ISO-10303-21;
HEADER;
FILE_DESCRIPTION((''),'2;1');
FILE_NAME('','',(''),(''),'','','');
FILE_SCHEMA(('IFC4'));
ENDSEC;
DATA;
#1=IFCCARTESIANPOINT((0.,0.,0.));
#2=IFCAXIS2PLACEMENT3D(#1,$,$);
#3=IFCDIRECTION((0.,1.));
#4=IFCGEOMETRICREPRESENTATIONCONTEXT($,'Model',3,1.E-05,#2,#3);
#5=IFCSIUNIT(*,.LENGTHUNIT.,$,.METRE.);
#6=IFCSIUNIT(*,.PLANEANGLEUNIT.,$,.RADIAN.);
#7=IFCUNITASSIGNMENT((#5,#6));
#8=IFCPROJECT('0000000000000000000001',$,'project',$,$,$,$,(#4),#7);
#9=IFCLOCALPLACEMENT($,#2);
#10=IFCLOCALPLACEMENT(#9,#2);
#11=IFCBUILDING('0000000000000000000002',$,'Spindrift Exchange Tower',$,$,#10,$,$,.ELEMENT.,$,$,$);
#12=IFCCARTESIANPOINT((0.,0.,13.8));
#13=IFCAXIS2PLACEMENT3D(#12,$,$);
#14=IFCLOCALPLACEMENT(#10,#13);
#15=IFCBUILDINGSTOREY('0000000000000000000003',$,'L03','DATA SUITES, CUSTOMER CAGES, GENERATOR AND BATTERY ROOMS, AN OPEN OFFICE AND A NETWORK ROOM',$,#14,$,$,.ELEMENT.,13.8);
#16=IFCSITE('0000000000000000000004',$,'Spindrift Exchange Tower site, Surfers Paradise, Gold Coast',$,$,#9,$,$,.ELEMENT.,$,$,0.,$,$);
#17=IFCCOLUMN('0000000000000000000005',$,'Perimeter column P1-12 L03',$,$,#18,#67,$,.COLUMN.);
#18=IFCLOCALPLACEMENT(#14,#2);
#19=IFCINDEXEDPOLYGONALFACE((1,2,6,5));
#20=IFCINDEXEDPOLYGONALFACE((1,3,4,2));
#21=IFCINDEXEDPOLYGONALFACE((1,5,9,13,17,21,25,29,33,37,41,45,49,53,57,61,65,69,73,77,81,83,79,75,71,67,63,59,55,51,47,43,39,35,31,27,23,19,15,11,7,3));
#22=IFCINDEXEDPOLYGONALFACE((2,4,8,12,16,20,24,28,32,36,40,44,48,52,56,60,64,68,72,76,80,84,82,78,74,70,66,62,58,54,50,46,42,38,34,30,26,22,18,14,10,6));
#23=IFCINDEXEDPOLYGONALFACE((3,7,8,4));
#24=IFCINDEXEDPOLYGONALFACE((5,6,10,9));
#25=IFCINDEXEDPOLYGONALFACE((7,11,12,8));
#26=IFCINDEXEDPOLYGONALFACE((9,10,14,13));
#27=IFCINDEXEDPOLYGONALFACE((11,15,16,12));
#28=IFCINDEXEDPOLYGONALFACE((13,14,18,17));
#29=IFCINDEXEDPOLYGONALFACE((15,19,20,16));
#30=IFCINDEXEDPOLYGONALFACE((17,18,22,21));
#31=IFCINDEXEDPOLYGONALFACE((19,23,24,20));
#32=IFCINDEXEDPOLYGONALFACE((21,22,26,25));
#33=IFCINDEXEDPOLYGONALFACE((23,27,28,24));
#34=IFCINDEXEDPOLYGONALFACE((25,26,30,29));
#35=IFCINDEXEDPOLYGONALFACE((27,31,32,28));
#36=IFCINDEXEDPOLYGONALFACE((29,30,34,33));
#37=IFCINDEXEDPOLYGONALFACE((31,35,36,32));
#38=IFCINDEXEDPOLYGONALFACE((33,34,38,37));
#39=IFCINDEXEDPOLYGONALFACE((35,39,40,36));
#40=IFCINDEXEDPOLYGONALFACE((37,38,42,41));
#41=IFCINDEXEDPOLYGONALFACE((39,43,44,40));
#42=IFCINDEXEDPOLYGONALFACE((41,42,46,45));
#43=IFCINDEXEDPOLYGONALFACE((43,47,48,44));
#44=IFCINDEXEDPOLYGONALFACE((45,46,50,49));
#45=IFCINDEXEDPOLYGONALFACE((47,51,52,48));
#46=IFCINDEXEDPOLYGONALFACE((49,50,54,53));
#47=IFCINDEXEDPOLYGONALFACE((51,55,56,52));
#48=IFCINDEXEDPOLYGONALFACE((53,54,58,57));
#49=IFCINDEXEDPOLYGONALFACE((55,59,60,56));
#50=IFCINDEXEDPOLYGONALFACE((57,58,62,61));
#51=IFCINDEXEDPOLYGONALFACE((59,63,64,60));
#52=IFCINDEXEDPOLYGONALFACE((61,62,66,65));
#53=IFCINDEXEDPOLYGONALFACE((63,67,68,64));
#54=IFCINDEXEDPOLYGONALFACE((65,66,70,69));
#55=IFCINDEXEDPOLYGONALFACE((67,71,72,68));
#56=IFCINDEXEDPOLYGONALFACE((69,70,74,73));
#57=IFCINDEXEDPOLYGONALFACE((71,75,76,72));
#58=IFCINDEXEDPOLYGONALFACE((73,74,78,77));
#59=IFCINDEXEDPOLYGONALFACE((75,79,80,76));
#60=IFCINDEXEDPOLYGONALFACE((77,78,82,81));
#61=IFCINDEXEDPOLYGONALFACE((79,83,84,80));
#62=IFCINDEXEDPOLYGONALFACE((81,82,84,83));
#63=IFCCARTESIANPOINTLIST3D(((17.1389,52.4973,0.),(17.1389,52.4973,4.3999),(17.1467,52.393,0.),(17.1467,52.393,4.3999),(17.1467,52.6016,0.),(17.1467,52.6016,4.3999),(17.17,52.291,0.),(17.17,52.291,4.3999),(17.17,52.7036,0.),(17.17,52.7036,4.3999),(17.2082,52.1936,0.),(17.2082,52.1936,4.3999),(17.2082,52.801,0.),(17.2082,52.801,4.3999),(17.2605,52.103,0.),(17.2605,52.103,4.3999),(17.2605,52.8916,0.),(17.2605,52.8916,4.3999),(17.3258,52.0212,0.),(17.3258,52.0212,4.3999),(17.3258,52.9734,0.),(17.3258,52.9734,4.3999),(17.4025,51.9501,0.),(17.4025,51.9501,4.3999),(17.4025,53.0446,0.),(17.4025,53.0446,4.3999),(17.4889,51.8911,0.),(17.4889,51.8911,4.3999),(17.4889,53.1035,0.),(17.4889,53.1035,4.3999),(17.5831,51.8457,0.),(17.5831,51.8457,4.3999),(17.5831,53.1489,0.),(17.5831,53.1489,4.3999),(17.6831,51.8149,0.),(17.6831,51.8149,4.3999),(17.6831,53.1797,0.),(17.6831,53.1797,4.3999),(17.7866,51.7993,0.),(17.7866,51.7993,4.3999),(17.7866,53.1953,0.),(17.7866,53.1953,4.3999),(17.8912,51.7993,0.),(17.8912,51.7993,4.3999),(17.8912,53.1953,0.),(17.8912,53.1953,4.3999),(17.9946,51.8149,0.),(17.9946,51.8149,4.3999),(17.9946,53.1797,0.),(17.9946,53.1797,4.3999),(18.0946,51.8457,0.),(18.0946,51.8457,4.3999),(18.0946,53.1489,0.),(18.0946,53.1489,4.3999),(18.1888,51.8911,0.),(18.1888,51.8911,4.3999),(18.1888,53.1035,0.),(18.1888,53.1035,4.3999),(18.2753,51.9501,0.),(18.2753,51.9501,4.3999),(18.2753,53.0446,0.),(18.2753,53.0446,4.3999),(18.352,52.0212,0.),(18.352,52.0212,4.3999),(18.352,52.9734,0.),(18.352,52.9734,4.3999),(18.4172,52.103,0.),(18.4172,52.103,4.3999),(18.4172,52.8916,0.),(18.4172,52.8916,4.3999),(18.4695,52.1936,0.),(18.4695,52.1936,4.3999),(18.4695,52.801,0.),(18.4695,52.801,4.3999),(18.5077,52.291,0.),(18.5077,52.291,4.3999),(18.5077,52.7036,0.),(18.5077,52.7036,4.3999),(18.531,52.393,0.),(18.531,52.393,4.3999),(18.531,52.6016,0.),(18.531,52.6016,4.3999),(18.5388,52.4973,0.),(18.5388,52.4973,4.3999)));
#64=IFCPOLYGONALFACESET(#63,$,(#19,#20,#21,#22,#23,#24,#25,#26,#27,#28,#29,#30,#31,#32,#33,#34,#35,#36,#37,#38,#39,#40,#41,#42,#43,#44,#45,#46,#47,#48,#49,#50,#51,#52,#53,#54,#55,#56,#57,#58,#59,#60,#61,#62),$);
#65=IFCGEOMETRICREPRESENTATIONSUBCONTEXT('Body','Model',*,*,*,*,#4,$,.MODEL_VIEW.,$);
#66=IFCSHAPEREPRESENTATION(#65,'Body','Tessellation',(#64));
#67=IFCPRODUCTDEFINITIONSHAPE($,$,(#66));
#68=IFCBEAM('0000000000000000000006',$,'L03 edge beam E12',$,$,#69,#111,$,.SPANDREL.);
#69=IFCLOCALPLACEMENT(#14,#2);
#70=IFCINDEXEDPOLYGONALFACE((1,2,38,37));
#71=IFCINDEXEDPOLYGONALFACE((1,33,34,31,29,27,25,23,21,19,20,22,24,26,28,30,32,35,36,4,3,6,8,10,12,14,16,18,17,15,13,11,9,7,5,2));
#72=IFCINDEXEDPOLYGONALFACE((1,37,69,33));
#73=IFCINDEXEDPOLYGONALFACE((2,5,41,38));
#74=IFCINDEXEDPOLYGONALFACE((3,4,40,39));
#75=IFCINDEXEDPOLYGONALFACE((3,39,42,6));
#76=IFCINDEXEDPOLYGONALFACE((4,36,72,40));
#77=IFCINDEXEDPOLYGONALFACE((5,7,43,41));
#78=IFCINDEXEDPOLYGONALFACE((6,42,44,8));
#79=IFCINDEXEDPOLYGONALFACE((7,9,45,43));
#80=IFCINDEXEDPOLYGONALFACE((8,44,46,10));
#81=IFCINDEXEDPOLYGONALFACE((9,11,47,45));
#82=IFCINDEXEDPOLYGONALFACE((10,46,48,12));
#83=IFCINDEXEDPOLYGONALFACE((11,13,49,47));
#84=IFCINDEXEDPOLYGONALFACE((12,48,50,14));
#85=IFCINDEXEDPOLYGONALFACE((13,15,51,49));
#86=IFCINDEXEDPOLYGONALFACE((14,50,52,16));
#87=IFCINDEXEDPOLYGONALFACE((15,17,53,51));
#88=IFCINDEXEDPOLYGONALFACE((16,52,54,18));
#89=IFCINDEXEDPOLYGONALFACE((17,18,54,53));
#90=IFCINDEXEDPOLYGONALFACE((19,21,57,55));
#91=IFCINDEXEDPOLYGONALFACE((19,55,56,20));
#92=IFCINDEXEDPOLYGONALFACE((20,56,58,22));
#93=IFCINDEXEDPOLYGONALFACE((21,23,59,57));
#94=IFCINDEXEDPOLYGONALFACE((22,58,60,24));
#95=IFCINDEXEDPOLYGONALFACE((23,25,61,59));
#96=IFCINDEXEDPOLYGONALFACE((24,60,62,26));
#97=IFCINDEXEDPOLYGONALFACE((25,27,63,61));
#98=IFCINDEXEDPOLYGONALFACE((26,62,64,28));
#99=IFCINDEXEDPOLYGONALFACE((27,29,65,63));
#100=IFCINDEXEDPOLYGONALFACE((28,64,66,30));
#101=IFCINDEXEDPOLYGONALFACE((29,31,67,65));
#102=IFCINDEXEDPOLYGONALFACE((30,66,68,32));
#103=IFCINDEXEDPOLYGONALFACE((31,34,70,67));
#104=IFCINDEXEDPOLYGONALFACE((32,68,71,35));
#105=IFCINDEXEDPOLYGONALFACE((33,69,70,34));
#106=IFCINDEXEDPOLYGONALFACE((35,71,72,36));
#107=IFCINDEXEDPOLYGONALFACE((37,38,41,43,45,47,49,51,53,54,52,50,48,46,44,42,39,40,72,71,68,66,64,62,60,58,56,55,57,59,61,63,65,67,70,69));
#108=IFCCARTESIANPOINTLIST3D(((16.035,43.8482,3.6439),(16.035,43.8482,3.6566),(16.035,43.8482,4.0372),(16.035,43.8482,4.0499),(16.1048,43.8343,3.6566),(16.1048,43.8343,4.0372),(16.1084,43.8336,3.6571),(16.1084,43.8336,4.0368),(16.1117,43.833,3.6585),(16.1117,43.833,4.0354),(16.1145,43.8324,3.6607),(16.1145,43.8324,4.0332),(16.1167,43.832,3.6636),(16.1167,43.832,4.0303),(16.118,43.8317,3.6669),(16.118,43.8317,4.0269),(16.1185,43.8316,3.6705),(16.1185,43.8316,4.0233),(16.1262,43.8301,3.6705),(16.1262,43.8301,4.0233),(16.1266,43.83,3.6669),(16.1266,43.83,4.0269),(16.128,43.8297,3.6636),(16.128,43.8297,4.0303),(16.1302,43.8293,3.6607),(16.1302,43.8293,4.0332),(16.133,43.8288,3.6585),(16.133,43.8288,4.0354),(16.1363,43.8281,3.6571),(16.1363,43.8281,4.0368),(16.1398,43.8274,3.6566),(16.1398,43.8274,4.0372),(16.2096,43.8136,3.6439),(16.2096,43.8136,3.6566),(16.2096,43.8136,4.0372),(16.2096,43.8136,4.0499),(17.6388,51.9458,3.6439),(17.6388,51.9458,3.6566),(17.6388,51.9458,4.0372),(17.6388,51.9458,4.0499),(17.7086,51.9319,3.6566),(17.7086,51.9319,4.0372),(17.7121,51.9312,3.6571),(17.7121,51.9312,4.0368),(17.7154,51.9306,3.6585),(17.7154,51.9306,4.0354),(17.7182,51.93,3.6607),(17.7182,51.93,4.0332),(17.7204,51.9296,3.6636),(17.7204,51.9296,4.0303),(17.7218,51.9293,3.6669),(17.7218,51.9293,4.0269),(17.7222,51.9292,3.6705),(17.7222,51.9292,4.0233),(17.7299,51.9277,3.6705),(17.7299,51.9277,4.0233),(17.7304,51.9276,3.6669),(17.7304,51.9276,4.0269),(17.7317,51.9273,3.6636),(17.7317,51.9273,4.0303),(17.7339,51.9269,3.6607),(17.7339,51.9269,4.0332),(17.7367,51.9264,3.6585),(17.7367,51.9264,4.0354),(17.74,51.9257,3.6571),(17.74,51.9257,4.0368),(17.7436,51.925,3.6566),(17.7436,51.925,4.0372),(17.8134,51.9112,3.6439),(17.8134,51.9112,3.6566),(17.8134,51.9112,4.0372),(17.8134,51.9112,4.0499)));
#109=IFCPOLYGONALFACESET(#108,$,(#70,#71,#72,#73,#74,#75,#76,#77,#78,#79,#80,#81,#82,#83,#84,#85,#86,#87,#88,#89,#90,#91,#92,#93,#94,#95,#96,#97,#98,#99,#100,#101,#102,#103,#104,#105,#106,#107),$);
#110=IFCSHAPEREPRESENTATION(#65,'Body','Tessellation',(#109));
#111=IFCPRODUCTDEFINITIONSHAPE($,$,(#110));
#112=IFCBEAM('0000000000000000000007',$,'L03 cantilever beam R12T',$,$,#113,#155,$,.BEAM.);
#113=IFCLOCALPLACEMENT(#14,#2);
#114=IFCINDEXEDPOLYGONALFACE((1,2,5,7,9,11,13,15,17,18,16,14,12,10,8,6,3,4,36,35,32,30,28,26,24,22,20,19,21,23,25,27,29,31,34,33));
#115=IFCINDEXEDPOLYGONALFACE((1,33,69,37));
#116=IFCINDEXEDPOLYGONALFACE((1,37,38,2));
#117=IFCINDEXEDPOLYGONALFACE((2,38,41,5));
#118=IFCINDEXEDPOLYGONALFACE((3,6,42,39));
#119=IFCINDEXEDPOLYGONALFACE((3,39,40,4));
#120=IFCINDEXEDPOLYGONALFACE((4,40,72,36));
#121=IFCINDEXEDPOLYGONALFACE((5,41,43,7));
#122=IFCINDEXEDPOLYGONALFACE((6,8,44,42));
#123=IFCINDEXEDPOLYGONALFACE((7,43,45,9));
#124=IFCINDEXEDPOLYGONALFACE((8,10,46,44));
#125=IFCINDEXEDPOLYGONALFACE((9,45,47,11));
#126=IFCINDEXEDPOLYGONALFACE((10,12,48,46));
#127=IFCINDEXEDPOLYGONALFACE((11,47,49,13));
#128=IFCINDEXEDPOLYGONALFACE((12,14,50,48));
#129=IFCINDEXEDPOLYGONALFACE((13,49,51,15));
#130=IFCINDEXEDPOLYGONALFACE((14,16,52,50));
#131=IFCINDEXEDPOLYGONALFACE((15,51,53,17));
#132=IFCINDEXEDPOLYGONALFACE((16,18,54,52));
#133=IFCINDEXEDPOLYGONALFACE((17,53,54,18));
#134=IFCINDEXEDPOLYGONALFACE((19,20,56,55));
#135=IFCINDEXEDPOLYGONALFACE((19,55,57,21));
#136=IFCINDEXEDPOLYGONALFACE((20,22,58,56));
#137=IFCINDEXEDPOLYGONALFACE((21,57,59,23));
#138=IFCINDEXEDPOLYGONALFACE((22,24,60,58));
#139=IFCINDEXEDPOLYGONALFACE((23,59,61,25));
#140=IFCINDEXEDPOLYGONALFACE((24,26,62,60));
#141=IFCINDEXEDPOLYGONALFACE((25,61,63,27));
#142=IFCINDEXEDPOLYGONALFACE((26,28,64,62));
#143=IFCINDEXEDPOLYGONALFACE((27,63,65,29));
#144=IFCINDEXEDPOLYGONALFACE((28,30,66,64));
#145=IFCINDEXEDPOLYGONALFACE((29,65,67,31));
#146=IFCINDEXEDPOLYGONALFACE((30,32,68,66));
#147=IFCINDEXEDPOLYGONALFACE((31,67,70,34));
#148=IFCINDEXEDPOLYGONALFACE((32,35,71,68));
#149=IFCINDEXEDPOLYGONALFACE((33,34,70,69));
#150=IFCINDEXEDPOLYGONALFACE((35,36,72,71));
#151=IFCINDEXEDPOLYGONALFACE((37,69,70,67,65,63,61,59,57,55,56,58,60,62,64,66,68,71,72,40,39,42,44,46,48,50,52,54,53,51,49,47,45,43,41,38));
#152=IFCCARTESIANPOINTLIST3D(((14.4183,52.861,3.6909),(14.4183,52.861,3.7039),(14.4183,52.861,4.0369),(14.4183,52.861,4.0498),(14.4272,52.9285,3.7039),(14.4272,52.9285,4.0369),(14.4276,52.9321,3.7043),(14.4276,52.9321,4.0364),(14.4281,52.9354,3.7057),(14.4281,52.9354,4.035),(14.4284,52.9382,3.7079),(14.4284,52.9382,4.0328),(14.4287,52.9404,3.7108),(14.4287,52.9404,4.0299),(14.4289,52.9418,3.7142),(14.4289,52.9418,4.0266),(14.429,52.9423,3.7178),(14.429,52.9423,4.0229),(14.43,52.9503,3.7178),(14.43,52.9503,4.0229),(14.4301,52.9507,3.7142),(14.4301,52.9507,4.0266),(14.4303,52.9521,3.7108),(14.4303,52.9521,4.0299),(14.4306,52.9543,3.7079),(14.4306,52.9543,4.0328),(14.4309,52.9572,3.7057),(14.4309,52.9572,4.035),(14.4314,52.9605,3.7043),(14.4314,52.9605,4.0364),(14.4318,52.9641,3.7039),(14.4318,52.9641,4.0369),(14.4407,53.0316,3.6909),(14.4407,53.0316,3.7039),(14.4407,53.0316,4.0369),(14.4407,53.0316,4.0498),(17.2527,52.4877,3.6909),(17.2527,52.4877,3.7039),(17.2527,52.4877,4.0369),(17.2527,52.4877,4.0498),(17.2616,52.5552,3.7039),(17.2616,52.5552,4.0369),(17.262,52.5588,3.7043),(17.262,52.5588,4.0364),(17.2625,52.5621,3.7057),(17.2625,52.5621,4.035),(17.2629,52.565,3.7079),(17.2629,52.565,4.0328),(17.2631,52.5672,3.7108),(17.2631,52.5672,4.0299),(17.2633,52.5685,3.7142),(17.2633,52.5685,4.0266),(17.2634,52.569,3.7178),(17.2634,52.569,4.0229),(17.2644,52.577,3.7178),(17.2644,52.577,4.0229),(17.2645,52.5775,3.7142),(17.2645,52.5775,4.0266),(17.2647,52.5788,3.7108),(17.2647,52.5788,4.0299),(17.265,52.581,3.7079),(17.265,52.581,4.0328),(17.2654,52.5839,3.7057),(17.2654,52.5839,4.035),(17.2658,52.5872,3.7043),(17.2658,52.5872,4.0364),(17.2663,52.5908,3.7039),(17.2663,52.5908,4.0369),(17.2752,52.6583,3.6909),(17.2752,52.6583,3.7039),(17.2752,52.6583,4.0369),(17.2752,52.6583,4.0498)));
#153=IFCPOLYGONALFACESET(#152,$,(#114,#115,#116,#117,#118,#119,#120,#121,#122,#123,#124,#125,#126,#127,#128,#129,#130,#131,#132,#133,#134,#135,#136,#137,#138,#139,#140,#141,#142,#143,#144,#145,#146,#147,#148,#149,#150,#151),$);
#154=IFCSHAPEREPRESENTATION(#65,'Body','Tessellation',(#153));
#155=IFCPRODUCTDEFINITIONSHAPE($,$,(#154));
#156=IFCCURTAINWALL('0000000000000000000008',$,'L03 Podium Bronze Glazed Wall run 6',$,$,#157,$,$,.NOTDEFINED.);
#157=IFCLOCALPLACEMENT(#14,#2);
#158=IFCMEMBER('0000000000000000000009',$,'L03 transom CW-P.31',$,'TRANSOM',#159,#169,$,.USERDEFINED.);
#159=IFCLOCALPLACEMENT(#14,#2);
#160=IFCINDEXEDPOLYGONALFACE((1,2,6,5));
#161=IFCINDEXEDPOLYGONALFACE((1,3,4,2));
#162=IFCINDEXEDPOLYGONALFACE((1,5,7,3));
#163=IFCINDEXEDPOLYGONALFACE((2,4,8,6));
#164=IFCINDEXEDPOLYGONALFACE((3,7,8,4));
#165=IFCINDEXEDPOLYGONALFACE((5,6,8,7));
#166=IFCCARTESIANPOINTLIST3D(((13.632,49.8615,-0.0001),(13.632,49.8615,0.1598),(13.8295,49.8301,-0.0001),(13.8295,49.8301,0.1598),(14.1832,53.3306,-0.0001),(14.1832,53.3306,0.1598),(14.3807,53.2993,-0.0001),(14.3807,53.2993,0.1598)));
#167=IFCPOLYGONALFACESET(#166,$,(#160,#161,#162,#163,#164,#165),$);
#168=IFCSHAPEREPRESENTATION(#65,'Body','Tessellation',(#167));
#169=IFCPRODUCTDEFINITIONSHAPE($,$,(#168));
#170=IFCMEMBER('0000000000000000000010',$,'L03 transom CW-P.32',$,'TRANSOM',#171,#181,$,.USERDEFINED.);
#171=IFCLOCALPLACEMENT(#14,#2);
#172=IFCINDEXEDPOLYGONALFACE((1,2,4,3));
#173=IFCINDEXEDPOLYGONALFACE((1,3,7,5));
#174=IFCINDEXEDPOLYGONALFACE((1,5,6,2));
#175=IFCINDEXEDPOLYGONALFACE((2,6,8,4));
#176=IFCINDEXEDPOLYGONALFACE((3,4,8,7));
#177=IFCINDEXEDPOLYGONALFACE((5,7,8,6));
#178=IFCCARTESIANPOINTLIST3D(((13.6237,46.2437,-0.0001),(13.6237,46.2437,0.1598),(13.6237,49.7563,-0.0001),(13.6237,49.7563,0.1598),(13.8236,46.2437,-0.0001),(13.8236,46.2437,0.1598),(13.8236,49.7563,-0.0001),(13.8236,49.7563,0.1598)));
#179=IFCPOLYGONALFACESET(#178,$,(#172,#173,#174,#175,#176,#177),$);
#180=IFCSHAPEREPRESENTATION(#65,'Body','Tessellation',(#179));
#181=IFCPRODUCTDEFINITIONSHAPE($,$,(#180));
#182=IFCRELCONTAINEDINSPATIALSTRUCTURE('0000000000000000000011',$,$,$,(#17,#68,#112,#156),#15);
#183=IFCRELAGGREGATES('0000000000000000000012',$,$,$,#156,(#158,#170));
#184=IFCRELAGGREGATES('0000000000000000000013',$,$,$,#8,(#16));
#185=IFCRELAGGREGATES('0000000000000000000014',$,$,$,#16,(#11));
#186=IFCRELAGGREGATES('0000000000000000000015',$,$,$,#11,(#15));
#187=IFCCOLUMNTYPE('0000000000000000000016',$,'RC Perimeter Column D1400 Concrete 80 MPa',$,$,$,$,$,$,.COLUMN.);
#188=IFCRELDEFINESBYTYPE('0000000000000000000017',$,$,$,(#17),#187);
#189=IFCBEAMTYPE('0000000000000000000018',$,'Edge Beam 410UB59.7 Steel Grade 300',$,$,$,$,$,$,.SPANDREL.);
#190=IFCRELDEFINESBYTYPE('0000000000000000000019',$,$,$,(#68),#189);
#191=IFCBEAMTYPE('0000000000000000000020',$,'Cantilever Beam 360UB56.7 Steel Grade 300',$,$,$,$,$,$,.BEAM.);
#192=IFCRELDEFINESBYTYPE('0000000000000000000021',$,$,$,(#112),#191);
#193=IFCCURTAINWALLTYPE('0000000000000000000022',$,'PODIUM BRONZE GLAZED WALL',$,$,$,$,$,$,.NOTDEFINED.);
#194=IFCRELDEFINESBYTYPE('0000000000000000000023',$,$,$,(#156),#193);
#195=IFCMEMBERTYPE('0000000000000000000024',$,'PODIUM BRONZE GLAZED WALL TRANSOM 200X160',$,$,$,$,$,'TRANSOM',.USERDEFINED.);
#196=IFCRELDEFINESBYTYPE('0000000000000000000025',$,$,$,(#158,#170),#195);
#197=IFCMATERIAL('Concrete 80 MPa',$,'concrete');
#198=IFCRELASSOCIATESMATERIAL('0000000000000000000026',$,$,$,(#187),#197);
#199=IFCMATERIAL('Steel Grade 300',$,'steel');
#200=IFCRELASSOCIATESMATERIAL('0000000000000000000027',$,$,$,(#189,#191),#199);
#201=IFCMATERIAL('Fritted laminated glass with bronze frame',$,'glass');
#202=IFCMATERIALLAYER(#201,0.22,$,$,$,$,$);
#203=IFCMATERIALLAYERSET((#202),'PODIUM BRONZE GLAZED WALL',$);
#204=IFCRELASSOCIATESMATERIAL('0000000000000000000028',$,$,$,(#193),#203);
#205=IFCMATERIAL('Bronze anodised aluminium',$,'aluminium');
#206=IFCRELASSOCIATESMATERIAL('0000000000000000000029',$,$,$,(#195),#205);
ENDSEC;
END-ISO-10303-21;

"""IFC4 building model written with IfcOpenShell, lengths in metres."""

from ifc_helpers import new_model, si_unit, direction, frame, origin, origin_2d, place, context, subcontext, project, spatial, rectangle, circle, i_section, extrude, source, transform, mapped, material, layer, layer_set, material_profile, profile_set, type_object, element, aggregate, save


model = new_model("IFC4")

# Units and contexts
model_context = context("Model", 3, precision=1e-05, world=origin(), true_north=direction((0.0, 1.0)))
body_context = subcontext(model_context, "Body", "Model", "MODEL_VIEW")
ifc_project = project(units=[si_unit("LENGTHUNIT", "METRE"), si_unit("PLANEANGLEUNIT", "RADIAN")], contexts=[model_context])

# Site, building, storey
site_placement = place(None, origin())
site = spatial("IfcSite", under=ifc_project, at=site_placement, Name="Spindrift Exchange Tower site, Surfers Paradise, Gold Coast", CompositionType="ELEMENT", RefElevation=0.0)
building_placement = place(site_placement, origin())
building = spatial("IfcBuilding", under=site, at=building_placement, Name="Spindrift Exchange Tower", CompositionType="ELEMENT")
storey_placement = place(building_placement, frame((0.0, 0.0, 13.8)))
storey = spatial("IfcBuildingStorey", under=building, at=storey_placement, Name="L03", Description="DATA SUITES, CUSTOMER CAGES, GENERATOR AND BATTERY ROOMS, AN OPEN OFFICE AND A NETWORK ROOM", CompositionType="ELEMENT", Elevation=13.8)

# Column
ifc_material_1 = material(Name="Concrete 80 MPa", Category="concrete")
ifc_material_profile_1 = material_profile(ifc_material_1, circle(Radius=0.7, at=origin_2d()), Name="RC D1400")
ifc_profile_set_1 = profile_set([ifc_material_profile_1], Name="Concrete 80 MPa")
column_type = type_object("IfcColumnType", Name="RC Perimeter Column D1400 Concrete 80 MPa", PredefinedType="COLUMN", material=ifc_profile_set_1)
shared_shape_1 = source(origin(), body_context, "Body", "SweptSolid", [
    extrude(circle(Radius=0.7, at=origin_2d()), origin(), (0.0, 0.0, 1.0), 4.3999),
])
column_placement = place(storey_placement, frame((17.8389, 52.4973, 0.0), z_axis=(0.0, 0.0, 1.0), x_axis=(1.0, 0.0, 0.0)))
element("IfcColumn", 1, at=column_placement, inside=storey, type_object=column_type, Name="Perimeter column P1-12 L03", PredefinedType="COLUMN", context=body_context, shape_type="MappedRepresentation", body=[
    mapped(shared_shape_1, transform((0.0, 0.0, 0.0), scale=1.0)),
])

# Beams
ifc_material_2 = material(Name="Steel Grade 300", Category="steel")
ifc_material_profile_2 = material_profile(ifc_material_2, i_section(OverallWidth=0.178, OverallDepth=0.406, WebThickness=0.0078, FlangeThickness=0.0127, FilletRadius=0.0139, at=origin_2d()), Name="410UB59.7")
ifc_profile_set_2 = profile_set([ifc_material_profile_2], Name="Steel Grade 300")
beam_type_1 = type_object("IfcBeamType", Name="Edge Beam 410UB59.7 Steel Grade 300", PredefinedType="SPANDREL", material=ifc_profile_set_2)
shared_shape_2 = source(origin(), body_context, "Body", "SweptSolid", [
    extrude(i_section(OverallWidth=0.178, OverallDepth=0.406, WebThickness=0.0078, FlangeThickness=0.0127, FilletRadius=0.0139, at=origin_2d()), origin(), (0.0, 0.0, 1.0), 8.2549),
])
beam_1_placement = place(storey_placement, frame((17.7261, 51.9285, 3.8469), z_axis=(-0.194279, -0.980946, 0.0), x_axis=(0.980946, -0.194279, 0.0)))
element("IfcBeam", 2, at=beam_1_placement, inside=storey, type_object=beam_type_1, Name="L03 edge beam E12", PredefinedType="SPANDREL", context=body_context, shape_type="MappedRepresentation", body=[
    mapped(shared_shape_2, transform((0.0, 0.0, 0.0), scale=1.0)),
])
ifc_material_profile_3 = material_profile(ifc_material_2, i_section(OverallWidth=0.1721, OverallDepth=0.3589, WebThickness=0.0081, FlangeThickness=0.0129, FilletRadius=0.0139, at=origin_2d()), Name="360UB56.7")
ifc_profile_set_3 = profile_set([ifc_material_profile_3], Name="Steel Grade 300")
beam_type_2 = type_object("IfcBeamType", Name="Cantilever Beam 360UB56.7 Steel Grade 300", PredefinedType="BEAM", material=ifc_profile_set_3)
shared_shape_3 = source(origin(), body_context, "Body", "SweptSolid", [
    extrude(i_section(OverallWidth=0.1721, OverallDepth=0.3589, WebThickness=0.0081, FlangeThickness=0.0129, FilletRadius=0.0139, at=origin_2d()), origin(), (0.0, 0.0, 1.0), 2.8589),
])
beam_2_placement = place(storey_placement, frame((17.2639, 52.573, 3.8704), z_axis=(-0.991439, 0.130569, 0.0), x_axis=(-0.130569, -0.991439, 0.0)))
element("IfcBeam", 3, at=beam_2_placement, inside=storey, type_object=beam_type_2, Name="L03 cantilever beam R12T", PredefinedType="BEAM", context=body_context, shape_type="MappedRepresentation", body=[
    mapped(shared_shape_3, transform((0.0, 0.0, 0.0), scale=1.0)),
])

# Curtain wall, members
ifc_material_3 = material(Name="Fritted laminated glass with bronze frame", Category="glass")
ifc_layer_1 = layer(ifc_material_3, 0.22)
ifc_layer_set_1 = layer_set([ifc_layer_1], Name="PODIUM BRONZE GLAZED WALL")
curtain_wall_type = type_object("IfcCurtainWallType", Name="PODIUM BRONZE GLAZED WALL", PredefinedType="NOTDEFINED", material=ifc_layer_set_1)
curtain_wall_1_placement = place(storey_placement, origin())
curtain_wall_1 = element("IfcCurtainWall", 4, at=curtain_wall_1_placement, inside=storey, type_object=curtain_wall_type, Name="L03 Podium Bronze Glazed Wall run 6", PredefinedType="NOTDEFINED")
ifc_material_4 = material(Name="Bronze anodised aluminium", Category="aluminium")
ifc_material_profile_4 = material_profile(ifc_material_4, rectangle(XDim=0.2, YDim=0.1599, at=origin_2d()), Name="PODIUM BRONZE GLAZED WALL TRANSOM 200X160")
ifc_profile_set_4 = profile_set([ifc_material_profile_4], Name="Bronze anodised aluminium")
member_type_1 = type_object("IfcMemberType", Name="PODIUM BRONZE GLAZED WALL TRANSOM 200X160", ElementType="TRANSOM", PredefinedType="USERDEFINED", material=ifc_profile_set_4)
shared_shape_4 = source(origin(), body_context, "Body", "SweptSolid", [
    extrude(rectangle(XDim=0.2, YDim=0.1599, at=origin_2d()), origin(), (0.0, 0.0, 1.0), 3.5127),
])
member_1_placement = place(storey_placement, frame((14.282, 53.3149, 0.0798), z_axis=(-0.156933, -0.987609, 0.0), x_axis=(0.987609, -0.156933, 0.0)))
member_1 = element("IfcMember", 5, at=member_1_placement, type_object=member_type_1, Name="L03 transom CW-P.31", ObjectType="TRANSOM", PredefinedType="USERDEFINED", context=body_context, shape_type="MappedRepresentation", body=[
    mapped(shared_shape_4, transform((0.0, 0.0, 0.0), scale=1.0)),
])
member_2_placement = place(storey_placement, frame((13.7236, 49.7563, 0.0798), z_axis=(0.0, -1.0, 0.0), x_axis=(1.0, 0.0, 0.0)))
member_2 = element("IfcMember", 6, at=member_2_placement, type_object=member_type_1, Name="L03 transom CW-P.32", ObjectType="TRANSOM", PredefinedType="USERDEFINED", context=body_context, shape_type="MappedRepresentation", body=[
    mapped(shared_shape_4, transform((0.0, 0.0, 0.0), scale=1.0)),
])

aggregate(curtain_wall_1, [member_1, member_2])

save(model, "model.ifc")
